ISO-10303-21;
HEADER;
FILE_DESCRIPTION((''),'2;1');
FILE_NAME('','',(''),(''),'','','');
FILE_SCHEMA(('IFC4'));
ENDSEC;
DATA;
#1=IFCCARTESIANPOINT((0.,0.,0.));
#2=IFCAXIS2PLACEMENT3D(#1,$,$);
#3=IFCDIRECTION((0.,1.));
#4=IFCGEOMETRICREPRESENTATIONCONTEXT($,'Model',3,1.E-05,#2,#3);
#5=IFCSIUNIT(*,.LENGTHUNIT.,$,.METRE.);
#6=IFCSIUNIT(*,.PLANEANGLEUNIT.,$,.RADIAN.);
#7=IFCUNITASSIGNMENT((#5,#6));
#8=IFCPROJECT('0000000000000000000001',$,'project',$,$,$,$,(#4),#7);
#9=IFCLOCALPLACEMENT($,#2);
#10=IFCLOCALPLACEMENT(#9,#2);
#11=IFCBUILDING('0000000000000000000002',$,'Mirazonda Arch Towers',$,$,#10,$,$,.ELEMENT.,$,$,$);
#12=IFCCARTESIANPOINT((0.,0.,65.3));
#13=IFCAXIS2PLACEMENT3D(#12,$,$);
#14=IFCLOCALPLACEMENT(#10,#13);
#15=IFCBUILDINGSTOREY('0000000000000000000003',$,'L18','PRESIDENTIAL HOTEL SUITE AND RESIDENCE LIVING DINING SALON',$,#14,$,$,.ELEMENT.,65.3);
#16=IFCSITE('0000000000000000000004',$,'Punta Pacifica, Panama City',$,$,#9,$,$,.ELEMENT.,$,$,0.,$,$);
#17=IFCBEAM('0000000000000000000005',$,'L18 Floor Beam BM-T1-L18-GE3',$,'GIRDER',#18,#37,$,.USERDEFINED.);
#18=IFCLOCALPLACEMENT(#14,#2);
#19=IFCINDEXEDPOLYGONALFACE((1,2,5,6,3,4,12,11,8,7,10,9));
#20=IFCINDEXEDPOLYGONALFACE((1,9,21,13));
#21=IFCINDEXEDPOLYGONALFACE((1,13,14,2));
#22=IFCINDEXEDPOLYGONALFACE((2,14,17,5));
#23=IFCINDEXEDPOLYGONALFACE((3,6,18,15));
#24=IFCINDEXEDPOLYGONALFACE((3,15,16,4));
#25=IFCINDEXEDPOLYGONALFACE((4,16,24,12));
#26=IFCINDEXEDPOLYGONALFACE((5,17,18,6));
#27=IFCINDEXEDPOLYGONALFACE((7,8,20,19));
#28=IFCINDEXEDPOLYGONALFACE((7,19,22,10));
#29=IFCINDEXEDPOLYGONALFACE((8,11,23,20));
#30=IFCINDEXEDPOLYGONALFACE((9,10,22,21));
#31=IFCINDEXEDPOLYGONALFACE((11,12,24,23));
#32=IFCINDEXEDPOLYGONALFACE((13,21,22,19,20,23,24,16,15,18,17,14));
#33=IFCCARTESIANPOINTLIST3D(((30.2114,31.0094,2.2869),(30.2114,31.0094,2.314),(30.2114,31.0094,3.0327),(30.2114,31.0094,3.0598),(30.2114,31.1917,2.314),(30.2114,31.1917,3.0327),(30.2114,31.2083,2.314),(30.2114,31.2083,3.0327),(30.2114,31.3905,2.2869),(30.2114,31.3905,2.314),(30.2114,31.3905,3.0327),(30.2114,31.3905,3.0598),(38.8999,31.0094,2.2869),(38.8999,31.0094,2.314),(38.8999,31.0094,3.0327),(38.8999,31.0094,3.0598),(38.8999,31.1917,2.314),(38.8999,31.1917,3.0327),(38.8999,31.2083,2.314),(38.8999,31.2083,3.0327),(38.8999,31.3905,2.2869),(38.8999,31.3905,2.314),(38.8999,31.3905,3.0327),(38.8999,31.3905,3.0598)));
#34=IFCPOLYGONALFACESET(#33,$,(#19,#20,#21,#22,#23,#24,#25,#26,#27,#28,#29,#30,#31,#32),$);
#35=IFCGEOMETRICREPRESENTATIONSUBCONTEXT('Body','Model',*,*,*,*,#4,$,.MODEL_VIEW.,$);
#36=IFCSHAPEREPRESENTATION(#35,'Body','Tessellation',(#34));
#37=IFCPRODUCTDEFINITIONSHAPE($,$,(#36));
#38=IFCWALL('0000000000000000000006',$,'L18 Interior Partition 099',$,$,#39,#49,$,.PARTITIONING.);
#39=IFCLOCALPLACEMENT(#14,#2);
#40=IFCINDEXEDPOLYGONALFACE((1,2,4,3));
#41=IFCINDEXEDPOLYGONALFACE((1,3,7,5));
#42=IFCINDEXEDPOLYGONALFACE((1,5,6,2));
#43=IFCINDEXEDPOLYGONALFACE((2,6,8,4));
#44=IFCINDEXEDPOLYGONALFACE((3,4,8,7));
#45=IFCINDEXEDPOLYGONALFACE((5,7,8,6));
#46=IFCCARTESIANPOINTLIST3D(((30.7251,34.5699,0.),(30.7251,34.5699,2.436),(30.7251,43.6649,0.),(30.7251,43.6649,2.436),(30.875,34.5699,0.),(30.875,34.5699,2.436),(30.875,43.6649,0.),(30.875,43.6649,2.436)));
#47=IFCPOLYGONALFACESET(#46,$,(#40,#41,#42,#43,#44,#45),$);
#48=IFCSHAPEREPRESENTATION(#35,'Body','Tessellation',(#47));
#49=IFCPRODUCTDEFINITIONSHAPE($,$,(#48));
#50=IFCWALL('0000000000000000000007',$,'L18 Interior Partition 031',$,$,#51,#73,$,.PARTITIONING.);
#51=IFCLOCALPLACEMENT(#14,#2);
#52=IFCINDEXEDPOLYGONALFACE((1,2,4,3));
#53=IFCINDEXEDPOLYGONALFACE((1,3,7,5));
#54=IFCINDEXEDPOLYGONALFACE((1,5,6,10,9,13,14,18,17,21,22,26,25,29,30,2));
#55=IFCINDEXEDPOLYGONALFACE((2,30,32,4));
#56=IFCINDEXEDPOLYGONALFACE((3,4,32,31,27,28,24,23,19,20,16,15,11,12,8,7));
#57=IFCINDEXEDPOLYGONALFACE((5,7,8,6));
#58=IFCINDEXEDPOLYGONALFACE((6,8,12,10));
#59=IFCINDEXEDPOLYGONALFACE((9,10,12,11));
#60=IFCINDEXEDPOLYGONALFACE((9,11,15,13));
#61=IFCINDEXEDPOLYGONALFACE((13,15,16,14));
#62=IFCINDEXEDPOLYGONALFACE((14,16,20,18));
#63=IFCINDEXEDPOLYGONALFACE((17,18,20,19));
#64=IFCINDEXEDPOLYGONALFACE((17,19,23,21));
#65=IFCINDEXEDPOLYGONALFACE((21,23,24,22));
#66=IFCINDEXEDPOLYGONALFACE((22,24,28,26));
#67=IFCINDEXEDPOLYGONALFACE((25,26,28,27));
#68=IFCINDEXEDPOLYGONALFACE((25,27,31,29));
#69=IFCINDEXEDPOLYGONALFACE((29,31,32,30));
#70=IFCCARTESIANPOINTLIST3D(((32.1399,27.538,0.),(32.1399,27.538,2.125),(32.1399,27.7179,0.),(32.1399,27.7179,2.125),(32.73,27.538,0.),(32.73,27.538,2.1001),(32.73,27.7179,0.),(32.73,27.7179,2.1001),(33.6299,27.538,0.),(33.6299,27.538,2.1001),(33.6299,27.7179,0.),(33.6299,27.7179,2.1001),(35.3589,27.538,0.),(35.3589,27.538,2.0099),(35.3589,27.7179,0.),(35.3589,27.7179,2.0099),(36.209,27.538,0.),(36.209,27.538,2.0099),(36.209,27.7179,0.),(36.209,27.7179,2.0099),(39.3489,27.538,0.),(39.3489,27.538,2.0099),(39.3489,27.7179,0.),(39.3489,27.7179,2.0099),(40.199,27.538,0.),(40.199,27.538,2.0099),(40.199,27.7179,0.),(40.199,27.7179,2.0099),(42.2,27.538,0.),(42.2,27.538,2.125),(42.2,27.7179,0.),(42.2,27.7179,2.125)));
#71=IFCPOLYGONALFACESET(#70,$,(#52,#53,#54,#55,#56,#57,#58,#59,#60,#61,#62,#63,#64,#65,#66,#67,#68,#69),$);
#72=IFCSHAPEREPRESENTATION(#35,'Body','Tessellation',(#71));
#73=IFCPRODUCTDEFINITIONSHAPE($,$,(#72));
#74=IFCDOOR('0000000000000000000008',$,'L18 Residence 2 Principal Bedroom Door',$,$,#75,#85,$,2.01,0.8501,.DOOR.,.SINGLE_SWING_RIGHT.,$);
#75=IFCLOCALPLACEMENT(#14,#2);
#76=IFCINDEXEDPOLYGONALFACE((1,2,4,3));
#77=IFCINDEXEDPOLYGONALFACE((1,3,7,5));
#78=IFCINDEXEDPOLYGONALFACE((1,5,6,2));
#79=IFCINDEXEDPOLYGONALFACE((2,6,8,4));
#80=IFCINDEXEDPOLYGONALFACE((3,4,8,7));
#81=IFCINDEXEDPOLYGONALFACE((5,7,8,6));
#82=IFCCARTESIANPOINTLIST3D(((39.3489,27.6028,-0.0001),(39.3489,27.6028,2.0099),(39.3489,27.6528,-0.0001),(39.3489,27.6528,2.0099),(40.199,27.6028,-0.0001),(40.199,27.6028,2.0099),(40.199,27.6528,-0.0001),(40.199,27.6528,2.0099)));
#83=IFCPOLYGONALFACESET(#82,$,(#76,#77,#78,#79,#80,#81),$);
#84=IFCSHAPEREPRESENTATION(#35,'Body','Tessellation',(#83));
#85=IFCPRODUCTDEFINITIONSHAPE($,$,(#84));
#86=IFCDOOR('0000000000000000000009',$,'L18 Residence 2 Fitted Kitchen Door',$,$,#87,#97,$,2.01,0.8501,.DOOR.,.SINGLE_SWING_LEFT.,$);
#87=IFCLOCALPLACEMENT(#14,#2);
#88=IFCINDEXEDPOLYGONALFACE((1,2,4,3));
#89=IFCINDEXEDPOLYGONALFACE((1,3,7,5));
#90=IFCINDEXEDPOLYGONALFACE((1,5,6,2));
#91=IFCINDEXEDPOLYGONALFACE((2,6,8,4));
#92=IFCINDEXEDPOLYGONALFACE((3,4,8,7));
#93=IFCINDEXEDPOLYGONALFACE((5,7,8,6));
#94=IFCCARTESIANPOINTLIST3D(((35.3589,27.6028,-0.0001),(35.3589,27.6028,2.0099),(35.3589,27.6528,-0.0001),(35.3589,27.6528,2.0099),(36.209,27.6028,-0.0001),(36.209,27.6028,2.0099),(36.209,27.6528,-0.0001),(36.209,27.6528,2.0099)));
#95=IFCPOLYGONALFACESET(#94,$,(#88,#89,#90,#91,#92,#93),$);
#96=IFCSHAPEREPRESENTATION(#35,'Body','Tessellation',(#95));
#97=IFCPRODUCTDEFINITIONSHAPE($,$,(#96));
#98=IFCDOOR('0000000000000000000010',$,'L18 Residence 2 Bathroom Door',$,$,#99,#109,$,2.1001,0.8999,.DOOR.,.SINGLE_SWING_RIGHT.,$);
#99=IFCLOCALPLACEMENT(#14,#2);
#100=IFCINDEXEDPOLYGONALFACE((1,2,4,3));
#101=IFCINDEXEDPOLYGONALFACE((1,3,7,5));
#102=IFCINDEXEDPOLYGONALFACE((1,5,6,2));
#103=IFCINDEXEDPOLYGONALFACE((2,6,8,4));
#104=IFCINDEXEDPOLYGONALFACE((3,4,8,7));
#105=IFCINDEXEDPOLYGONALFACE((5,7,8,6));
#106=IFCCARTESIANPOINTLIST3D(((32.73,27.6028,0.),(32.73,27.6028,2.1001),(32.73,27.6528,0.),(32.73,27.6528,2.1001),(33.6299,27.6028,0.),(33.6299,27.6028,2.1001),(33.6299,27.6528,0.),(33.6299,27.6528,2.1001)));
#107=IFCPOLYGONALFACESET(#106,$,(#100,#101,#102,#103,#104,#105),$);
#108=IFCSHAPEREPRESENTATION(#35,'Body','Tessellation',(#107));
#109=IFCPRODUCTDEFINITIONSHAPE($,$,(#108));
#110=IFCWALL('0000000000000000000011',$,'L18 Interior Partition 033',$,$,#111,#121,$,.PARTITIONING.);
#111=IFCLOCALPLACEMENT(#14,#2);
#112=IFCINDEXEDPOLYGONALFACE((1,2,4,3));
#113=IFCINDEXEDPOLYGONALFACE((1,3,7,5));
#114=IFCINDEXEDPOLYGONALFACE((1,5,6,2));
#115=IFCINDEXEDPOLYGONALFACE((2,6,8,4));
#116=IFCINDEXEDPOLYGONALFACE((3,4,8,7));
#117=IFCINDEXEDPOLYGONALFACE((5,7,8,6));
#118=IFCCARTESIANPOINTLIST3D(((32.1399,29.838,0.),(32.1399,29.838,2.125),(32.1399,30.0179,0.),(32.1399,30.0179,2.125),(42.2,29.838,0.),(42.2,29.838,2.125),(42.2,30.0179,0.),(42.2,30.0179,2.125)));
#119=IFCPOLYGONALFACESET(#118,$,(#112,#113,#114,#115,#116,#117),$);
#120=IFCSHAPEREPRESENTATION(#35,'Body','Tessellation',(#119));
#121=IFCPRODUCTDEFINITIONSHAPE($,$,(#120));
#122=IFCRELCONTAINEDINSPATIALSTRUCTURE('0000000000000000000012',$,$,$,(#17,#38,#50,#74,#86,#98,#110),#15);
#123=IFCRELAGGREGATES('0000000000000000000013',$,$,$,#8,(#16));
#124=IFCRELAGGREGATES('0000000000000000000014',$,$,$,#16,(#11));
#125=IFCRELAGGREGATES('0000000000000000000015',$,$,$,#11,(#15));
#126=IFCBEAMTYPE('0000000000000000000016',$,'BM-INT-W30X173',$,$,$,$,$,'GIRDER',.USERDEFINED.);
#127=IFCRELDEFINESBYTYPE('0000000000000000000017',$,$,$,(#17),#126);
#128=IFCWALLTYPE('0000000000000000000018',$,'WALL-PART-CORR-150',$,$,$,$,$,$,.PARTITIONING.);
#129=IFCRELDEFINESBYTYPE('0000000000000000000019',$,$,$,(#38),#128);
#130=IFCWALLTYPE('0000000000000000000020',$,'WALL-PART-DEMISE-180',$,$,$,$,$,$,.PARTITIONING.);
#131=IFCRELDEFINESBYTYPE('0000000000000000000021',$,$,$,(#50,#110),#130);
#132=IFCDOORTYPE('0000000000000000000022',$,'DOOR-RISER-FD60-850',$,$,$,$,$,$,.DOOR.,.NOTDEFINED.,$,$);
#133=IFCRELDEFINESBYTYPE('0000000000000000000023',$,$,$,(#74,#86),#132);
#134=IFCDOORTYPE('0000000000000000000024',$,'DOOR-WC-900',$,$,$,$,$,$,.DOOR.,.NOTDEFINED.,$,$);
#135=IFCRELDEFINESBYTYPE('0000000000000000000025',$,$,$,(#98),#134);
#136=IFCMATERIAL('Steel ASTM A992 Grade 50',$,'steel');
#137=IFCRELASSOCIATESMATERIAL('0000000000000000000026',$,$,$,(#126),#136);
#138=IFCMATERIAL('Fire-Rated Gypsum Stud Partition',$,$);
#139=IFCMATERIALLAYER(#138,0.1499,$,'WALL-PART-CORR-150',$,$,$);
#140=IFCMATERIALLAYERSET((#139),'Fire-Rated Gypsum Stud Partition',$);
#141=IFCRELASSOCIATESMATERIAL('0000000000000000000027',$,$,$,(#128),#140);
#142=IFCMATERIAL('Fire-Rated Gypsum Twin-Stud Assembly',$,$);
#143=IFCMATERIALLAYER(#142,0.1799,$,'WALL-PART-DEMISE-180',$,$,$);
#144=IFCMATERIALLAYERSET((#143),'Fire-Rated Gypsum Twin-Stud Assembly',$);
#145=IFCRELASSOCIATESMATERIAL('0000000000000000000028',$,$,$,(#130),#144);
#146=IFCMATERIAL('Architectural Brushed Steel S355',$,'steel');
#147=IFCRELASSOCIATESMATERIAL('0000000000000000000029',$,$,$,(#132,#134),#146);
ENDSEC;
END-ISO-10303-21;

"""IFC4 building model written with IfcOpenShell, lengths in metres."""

from ifc_helpers import new_model, si_unit, direction, frame, frame_2d, origin, origin_2d, place, context, subcontext, project, spatial, rectangle, i_section, extrude, material, layer, layer_set, material_profile, profile_set, type_object, element, fill, save


model = new_model("IFC4")

# Units and contexts
model_context = context("Model", 3, precision=1e-05, world=origin(), true_north=direction((0.0, 1.0)))
body_context = subcontext(model_context, "Body", "Model", "MODEL_VIEW")
ifc_project = project(units=[si_unit("LENGTHUNIT", "METRE"), si_unit("PLANEANGLEUNIT", "RADIAN")], contexts=[model_context])

# Site, building, storey
site_placement = place(None, origin())
site = spatial("IfcSite", under=ifc_project, at=site_placement, Name="Punta Pacifica, Panama City", CompositionType="ELEMENT", RefElevation=0.0)
building_placement = place(site_placement, origin())
building = spatial("IfcBuilding", under=site, at=building_placement, Name="Mirazonda Arch Towers", CompositionType="ELEMENT")
storey_placement = place(building_placement, frame((0.0, 0.0, 65.3)))
storey = spatial("IfcBuildingStorey", under=building, at=storey_placement, Name="L18", Description="PRESIDENTIAL HOTEL SUITE AND RESIDENCE LIVING DINING SALON", CompositionType="ELEMENT", Elevation=65.3)

# Beam
ifc_material_1 = material(Name="Steel ASTM A992 Grade 50", Category="steel")
ifc_material_profile = material_profile(ifc_material_1, i_section(OverallWidth=0.3811, OverallDepth=0.7729, WebThickness=0.0166, FlangeThickness=0.0271, at=origin_2d()), Name="W30X173")
ifc_profile_set = profile_set([ifc_material_profile], Name="Steel ASTM A992 Grade 50")
beam_type = type_object("IfcBeamType", Name="BM-INT-W30X173", ElementType="GIRDER", PredefinedType="USERDEFINED", material=ifc_profile_set)
beam_placement = place(storey_placement, frame((30.2114, 31.2, 2.6733), z_axis=(1.0, 0.0, 0.0), x_axis=(0.0, 1.0, 0.0)))
element("IfcBeam", 1, at=beam_placement, inside=storey, type_object=beam_type, Name="L18 Floor Beam BM-T1-L18-GE3", ObjectType="GIRDER", PredefinedType="USERDEFINED", context=body_context, shape_type="SweptSolid", body=[
    extrude(i_section(OverallWidth=0.3811, OverallDepth=0.7729, WebThickness=0.0166, FlangeThickness=0.0271, at=origin_2d()), origin(), (0.0, 0.0, 1.0), 8.6885),
])

# Wall
ifc_material_2 = material(Name="Fire-Rated Gypsum Stud Partition")
ifc_layer_1 = layer(ifc_material_2, 0.1499, Name="WALL-PART-CORR-150")
ifc_layer_set_1 = layer_set([ifc_layer_1], Name="Fire-Rated Gypsum Stud Partition")
wall_type_1 = type_object("IfcWallType", Name="WALL-PART-CORR-150", PredefinedType="PARTITIONING", material=ifc_layer_set_1)
wall_1_placement = place(storey_placement, frame((30.8, 34.5701, 0.0), z_axis=(0.0, 0.0, 1.0), x_axis=(0.0, 1.0, 0.0)))
element("IfcWall", 2, at=wall_1_placement, inside=storey, type_object=wall_type_1, Name="L18 Interior Partition 099", PredefinedType="PARTITIONING", context=body_context, shape_type="SweptSolid", body=[
    extrude(rectangle(XDim=9.095, YDim=0.1499, at=frame_2d((4.5474, 0.0))), origin(), (0.0, 0.0, 1.0), 2.436),
])

# Wall, openings, doors
ifc_material_3 = material(Name="Fire-Rated Gypsum Twin-Stud Assembly")
ifc_layer_2 = layer(ifc_material_3, 0.1799, Name="WALL-PART-DEMISE-180")
ifc_layer_set_2 = layer_set([ifc_layer_2], Name="Fire-Rated Gypsum Twin-Stud Assembly")
wall_type_2 = type_object("IfcWallType", Name="WALL-PART-DEMISE-180", PredefinedType="PARTITIONING", material=ifc_layer_set_2)
wall_2_placement = place(storey_placement, frame((32.1399, 27.6279, 0.0), z_axis=(0.0, 0.0, 1.0), x_axis=(1.0, 0.0, 0.0)))
wall_2 = element("IfcWall", 3, at=wall_2_placement, inside=storey, type_object=wall_type_2, Name="L18 Interior Partition 031", PredefinedType="PARTITIONING", context=body_context, shape_type="SweptSolid", body=[
    extrude(rectangle(XDim=10.0601, YDim=0.1799, at=frame_2d((5.03, 0.0))), origin(), (0.0, 0.0, 1.0), 2.125),
])
opening_1_placement = place(wall_2_placement, frame((7.209, 0.0, 0.0)))
opening_1 = element("IfcOpeningElement", 4, at=opening_1_placement, cuts=wall_2, PredefinedType="OPENING", context=body_context, shape_type="SweptSolid", body=[
    extrude(rectangle(XDim=0.8501, YDim=2.01, at=frame_2d((0.425, 1.0049))), frame((0.0, 0.0999, 0.0), z_axis=(0.0, -1.0, 0.0), x_axis=(1.0, 0.0, 0.0)), (0.0, 0.0, 1.0), 0.2),
])
opening_2_placement = place(wall_2_placement, frame((3.219, 0.0, 0.0)))
opening_2 = element("IfcOpeningElement", 5, at=opening_2_placement, cuts=wall_2, PredefinedType="OPENING", context=body_context, shape_type="SweptSolid", body=[
    extrude(rectangle(XDim=0.8501, YDim=2.01, at=frame_2d((0.425, 1.0049))), frame((0.0, 0.0999, 0.0), z_axis=(0.0, -1.0, 0.0), x_axis=(1.0, 0.0, 0.0)), (0.0, 0.0, 1.0), 0.2),
])
opening_3_placement = place(wall_2_placement, frame((0.5901, 0.0, 0.0)))
opening_3 = element("IfcOpeningElement", 6, at=opening_3_placement, cuts=wall_2, PredefinedType="OPENING", context=body_context, shape_type="SweptSolid", body=[
    extrude(rectangle(XDim=0.8999, YDim=2.1001, at=frame_2d((0.45, 1.05))), frame((0.0, 0.0999, 0.0), z_axis=(0.0, -1.0, 0.0), x_axis=(1.0, 0.0, 0.0)), (0.0, 0.0, 1.0), 0.2),
])
ifc_material_4 = material(Name="Architectural Brushed Steel S355", Category="steel")
door_type_1 = type_object("IfcDoorType", Name="DOOR-RISER-FD60-850", OperationType="NOTDEFINED", PredefinedType="DOOR", material=ifc_material_4)
door_1_placement = place(opening_1_placement, origin())
door_1 = element("IfcDoor", 7, at=door_1_placement, inside=storey, type_object=door_type_1, Name="L18 Residence 2 Principal Bedroom Door", OperationType="SINGLE_SWING_RIGHT", OverallHeight=2.01, OverallWidth=0.8501, PredefinedType="DOOR", context=body_context, shape_type="SweptSolid", body=[
    extrude(rectangle(XDim=0.8501, YDim=2.01, at=frame_2d((0.425, 1.0049))), frame((0.0, 0.0249, 0.0), z_axis=(0.0, -1.0, 0.0), x_axis=(1.0, 0.0, 0.0)), (0.0, 0.0, 1.0), 0.05),
])
fill(opening_1, door_1)
door_2_placement = place(opening_2_placement, origin())
door_2 = element("IfcDoor", 8, at=door_2_placement, inside=storey, type_object=door_type_1, Name="L18 Residence 2 Fitted Kitchen Door", OperationType="SINGLE_SWING_LEFT", OverallHeight=2.01, OverallWidth=0.8501, PredefinedType="DOOR", context=body_context, shape_type="SweptSolid", body=[
    extrude(rectangle(XDim=0.8501, YDim=2.01, at=frame_2d((0.425, 1.0049))), frame((0.0, 0.0249, 0.0), z_axis=(0.0, -1.0, 0.0), x_axis=(1.0, 0.0, 0.0)), (0.0, 0.0, 1.0), 0.05),
])
fill(opening_2, door_2)
door_type_2 = type_object("IfcDoorType", Name="DOOR-WC-900", OperationType="NOTDEFINED", PredefinedType="DOOR", material=ifc_material_4)
door_3_placement = place(opening_3_placement, origin())
door_3 = element("IfcDoor", 9, at=door_3_placement, inside=storey, type_object=door_type_2, Name="L18 Residence 2 Bathroom Door", OperationType="SINGLE_SWING_RIGHT", OverallHeight=2.1001, OverallWidth=0.8999, PredefinedType="DOOR", context=body_context, shape_type="SweptSolid", body=[
    extrude(rectangle(XDim=0.8999, YDim=2.1001, at=frame_2d((0.45, 1.05))), frame((0.0, 0.0249, 0.0), z_axis=(0.0, -1.0, 0.0), x_axis=(1.0, 0.0, 0.0)), (0.0, 0.0, 1.0), 0.05),
])
fill(opening_3, door_3)

# Wall
wall_3_placement = place(storey_placement, frame((32.1399, 29.928, 0.0), z_axis=(0.0, 0.0, 1.0), x_axis=(1.0, 0.0, 0.0)))
element("IfcWall", 10, at=wall_3_placement, inside=storey, type_object=wall_type_2, Name="L18 Interior Partition 033", PredefinedType="PARTITIONING", context=body_context, shape_type="SweptSolid", body=[
    extrude(rectangle(XDim=10.0601, YDim=0.1799, at=frame_2d((5.03, 0.0))), origin(), (0.0, 0.0, 1.0), 2.125),
])

save(model, "model.ifc")
